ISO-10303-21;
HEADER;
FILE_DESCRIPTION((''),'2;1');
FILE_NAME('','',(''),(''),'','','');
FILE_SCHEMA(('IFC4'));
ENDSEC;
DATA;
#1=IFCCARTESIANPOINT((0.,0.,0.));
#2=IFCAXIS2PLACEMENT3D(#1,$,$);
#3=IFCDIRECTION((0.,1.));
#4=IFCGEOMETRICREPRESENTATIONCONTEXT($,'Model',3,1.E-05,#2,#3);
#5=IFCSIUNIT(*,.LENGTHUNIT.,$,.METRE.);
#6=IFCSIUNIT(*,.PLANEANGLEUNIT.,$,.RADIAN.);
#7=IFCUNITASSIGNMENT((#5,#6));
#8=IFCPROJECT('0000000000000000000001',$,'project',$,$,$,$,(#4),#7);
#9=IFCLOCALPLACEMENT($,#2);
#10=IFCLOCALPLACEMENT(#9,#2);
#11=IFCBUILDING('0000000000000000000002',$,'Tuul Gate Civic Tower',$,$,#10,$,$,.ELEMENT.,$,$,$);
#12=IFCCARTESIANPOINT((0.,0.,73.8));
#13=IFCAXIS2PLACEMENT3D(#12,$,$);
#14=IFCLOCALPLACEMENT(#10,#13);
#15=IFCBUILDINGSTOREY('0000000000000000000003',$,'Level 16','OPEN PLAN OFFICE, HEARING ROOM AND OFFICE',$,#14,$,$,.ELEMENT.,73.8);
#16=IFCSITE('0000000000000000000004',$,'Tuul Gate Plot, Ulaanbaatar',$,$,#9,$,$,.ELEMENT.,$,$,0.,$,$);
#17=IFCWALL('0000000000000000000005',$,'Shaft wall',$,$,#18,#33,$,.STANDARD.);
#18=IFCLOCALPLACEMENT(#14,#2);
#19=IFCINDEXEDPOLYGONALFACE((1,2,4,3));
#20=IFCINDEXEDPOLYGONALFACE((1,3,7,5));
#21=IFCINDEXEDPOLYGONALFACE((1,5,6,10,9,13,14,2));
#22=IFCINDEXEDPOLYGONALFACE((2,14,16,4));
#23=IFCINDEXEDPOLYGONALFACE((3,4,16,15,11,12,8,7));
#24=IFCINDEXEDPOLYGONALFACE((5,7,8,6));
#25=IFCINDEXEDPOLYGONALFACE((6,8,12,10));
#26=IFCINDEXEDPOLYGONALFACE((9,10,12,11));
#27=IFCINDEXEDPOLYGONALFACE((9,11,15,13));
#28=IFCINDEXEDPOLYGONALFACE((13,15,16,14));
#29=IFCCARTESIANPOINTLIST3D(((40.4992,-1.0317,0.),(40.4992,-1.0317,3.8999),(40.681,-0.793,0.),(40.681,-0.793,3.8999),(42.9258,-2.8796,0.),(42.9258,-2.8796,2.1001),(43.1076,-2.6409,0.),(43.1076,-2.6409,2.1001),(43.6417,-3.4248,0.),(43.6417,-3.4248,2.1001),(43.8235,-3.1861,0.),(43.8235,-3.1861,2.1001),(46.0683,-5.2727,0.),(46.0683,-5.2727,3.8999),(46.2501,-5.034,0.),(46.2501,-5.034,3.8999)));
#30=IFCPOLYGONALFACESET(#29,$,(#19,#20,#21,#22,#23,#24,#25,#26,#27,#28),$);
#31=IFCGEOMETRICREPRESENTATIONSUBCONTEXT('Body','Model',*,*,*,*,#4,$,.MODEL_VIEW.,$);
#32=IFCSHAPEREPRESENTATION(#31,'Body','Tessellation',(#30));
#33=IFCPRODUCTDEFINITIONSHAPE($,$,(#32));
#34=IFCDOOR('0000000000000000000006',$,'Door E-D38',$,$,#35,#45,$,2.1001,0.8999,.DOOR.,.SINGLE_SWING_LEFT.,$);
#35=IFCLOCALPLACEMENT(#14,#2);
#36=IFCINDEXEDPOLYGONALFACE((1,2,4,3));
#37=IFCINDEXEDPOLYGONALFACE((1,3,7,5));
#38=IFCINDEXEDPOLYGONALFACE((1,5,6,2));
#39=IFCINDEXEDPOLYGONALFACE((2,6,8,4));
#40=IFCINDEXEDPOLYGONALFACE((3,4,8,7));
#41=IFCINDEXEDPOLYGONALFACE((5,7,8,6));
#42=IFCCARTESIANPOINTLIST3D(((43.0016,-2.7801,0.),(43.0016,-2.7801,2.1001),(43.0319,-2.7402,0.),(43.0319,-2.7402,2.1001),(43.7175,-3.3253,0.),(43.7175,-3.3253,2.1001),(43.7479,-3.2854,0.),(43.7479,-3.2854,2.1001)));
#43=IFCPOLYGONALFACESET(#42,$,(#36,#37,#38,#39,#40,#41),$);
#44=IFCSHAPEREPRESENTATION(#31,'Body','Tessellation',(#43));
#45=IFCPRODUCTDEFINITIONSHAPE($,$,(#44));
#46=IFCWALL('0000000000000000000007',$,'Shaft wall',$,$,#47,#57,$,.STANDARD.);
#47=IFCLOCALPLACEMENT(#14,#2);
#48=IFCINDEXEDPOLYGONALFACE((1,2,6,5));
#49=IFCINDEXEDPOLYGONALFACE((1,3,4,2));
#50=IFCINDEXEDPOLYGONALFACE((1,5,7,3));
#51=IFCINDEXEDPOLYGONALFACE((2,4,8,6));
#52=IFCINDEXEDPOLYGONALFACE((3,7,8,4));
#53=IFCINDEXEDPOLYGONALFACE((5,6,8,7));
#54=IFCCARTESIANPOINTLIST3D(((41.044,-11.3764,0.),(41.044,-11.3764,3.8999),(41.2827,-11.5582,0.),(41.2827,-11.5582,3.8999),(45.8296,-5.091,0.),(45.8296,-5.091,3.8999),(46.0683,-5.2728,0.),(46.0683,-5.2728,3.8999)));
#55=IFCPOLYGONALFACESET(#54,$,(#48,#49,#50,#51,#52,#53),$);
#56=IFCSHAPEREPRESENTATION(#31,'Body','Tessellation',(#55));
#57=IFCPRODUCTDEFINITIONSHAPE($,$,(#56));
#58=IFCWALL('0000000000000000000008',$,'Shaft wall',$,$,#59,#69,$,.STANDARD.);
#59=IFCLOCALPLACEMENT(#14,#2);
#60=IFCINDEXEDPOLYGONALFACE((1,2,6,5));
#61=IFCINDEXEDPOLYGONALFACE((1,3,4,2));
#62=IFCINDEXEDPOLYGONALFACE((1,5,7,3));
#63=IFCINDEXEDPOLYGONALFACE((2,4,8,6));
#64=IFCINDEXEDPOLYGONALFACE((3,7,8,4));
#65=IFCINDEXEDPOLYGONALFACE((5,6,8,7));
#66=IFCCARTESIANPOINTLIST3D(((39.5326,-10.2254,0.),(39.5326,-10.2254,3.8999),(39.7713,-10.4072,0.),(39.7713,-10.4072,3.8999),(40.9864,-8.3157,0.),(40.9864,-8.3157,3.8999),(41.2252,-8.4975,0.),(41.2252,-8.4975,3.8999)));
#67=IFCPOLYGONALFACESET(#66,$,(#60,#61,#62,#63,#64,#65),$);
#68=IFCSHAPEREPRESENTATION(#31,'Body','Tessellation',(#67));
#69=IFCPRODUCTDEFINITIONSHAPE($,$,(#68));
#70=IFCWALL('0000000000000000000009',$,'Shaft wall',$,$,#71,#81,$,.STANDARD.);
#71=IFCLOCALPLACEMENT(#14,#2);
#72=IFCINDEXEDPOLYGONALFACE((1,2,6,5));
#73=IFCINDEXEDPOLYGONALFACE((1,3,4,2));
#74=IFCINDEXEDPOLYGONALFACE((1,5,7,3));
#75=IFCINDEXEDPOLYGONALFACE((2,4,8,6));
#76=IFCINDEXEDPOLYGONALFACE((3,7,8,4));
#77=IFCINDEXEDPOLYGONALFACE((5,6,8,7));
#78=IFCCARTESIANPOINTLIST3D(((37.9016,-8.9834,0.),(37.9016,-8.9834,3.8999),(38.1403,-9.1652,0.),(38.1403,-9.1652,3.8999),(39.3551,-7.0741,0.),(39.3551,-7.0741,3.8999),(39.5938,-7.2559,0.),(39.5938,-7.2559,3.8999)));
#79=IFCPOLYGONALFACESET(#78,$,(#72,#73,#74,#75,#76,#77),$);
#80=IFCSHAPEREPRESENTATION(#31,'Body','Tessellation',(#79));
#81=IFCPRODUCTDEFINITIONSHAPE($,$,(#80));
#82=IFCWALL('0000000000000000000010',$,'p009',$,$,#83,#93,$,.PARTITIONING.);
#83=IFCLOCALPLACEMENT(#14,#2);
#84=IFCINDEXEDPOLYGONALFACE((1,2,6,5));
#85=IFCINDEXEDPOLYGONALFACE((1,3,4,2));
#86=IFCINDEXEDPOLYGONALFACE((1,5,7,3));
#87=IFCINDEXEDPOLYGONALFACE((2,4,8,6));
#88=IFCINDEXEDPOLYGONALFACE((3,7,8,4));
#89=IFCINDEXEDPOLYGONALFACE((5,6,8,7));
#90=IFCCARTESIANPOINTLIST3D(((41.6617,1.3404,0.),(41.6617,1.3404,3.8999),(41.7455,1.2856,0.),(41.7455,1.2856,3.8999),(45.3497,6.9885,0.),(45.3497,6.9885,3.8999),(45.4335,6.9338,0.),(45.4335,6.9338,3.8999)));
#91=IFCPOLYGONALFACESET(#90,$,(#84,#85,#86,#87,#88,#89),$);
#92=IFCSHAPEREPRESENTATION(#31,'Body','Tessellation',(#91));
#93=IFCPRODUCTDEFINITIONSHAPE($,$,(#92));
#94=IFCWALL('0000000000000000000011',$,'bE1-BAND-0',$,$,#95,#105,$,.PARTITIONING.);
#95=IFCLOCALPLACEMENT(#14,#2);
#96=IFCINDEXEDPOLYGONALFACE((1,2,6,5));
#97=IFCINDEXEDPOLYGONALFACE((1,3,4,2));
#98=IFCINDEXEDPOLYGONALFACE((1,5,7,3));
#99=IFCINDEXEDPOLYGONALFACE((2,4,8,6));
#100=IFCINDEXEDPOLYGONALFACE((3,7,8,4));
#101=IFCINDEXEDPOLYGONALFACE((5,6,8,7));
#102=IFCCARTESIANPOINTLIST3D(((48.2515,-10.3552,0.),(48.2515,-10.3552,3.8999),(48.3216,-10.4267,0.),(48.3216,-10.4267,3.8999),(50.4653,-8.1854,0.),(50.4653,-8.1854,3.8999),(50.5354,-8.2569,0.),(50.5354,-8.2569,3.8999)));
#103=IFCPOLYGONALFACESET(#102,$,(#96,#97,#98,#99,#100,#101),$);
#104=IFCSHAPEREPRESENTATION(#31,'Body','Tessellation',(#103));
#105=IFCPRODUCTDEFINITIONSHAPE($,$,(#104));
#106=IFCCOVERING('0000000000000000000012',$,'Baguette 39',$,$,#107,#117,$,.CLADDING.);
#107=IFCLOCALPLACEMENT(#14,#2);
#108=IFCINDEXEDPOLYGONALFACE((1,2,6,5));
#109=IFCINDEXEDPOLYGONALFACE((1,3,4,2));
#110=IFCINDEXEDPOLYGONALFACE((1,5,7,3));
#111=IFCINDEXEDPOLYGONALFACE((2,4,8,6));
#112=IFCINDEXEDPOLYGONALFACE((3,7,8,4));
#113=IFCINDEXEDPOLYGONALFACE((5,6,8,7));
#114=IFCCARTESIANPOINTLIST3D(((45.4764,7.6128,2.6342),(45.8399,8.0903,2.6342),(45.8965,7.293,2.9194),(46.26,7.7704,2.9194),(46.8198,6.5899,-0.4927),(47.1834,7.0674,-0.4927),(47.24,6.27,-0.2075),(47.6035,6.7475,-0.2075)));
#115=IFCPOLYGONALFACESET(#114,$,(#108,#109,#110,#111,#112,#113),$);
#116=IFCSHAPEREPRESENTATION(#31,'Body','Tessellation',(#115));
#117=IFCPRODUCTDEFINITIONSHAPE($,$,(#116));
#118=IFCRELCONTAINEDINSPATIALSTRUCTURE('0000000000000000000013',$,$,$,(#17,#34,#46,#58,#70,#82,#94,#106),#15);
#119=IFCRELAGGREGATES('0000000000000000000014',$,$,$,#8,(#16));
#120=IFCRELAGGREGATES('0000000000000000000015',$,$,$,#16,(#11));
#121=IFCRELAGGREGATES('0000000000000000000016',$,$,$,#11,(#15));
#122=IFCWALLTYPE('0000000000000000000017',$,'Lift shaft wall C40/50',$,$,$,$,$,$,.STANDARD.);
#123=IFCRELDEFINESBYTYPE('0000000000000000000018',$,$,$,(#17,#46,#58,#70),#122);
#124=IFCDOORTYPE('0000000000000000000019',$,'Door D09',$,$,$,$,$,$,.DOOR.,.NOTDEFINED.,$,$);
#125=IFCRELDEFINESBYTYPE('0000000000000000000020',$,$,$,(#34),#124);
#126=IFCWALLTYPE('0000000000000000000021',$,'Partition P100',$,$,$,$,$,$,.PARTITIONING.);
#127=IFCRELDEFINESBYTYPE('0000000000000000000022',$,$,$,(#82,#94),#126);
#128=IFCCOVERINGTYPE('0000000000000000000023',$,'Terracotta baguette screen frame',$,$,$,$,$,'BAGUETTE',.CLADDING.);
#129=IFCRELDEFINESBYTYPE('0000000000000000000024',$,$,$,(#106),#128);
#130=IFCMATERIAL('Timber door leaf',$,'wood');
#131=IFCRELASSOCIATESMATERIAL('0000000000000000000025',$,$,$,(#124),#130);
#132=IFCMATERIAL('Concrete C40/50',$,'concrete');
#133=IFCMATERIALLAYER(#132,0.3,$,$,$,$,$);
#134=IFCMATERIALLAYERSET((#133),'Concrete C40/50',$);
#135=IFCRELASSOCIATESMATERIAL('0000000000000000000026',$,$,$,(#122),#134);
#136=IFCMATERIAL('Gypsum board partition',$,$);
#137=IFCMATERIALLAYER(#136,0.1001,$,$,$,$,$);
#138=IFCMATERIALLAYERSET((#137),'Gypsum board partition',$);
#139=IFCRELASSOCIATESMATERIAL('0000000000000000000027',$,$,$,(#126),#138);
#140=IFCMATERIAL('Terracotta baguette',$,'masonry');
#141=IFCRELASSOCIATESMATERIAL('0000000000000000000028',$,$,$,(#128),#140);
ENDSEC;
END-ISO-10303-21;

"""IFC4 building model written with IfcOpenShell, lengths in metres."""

from ifc_helpers import new_model, si_unit, direction, frame, frame_2d, origin, origin_2d, place, context, subcontext, project, spatial, rectangle, extrude, material, layer, layer_set, material_profile, profile_set, type_object, element, fill, save


model = new_model("IFC4")

# Units and contexts
model_context = context("Model", 3, precision=1e-05, world=origin(), true_north=direction((0.0, 1.0)))
body_context = subcontext(model_context, "Body", "Model", "MODEL_VIEW")
ifc_project = project(units=[si_unit("LENGTHUNIT", "METRE"), si_unit("PLANEANGLEUNIT", "RADIAN")], contexts=[model_context])

# Site, building, storey
site_placement = place(None, origin())
site = spatial("IfcSite", under=ifc_project, at=site_placement, Name="Tuul Gate Plot, Ulaanbaatar", CompositionType="ELEMENT", RefElevation=0.0)
building_placement = place(site_placement, origin())
building = spatial("IfcBuilding", under=site, at=building_placement, Name="Tuul Gate Civic Tower", CompositionType="ELEMENT")
storey_placement = place(building_placement, frame((0.0, 0.0, 73.8)))
storey = spatial("IfcBuildingStorey", under=building, at=storey_placement, Name="Level 16", Description="OPEN PLAN OFFICE, HEARING ROOM AND OFFICE", CompositionType="ELEMENT", Elevation=73.8)

# Shared definitions
ifc_material_1 = material(Name="Timber door leaf", Category="wood")
door_type_1 = type_object("IfcDoorType", Name="Door D09", OperationType="NOTDEFINED", PredefinedType="DOOR", material=ifc_material_1)

# Shared definitions
ifc_material_2 = material(Name="Concrete C40/50", Category="concrete")
ifc_layer_1 = layer(ifc_material_2, 0.3)
ifc_layer_set_1 = layer_set([ifc_layer_1], Name="Concrete C40/50")
wall_type_1 = type_object("IfcWallType", Name="Lift shaft wall C40/50", PredefinedType="STANDARD", material=ifc_layer_set_1)

# Wall, opening, door
wall_1_placement = place(storey_placement, frame((46.1592, -5.1533, 0.0), z_axis=(0.0, 0.0, 1.0), x_axis=(-0.79558, 0.605849, 0.0)))
wall_1 = element("IfcWall", 1, at=wall_1_placement, inside=storey, type_object=wall_type_1, Name="Shaft wall", PredefinedType="STANDARD", context=body_context, shape_type="SweptSolid", body=[
    extrude(rectangle(XDim=7.0, YDim=0.3, at=frame_2d((3.5, 0.0))), origin(), (0.0, 0.0, 1.0), 3.8999),
])
opening_1_placement = place(wall_1_placement, frame((3.05, 0.0, 0.0)))
opening_1 = element("IfcOpeningElement", 2, at=opening_1_placement, cuts=wall_1, PredefinedType="OPENING", context=body_context, shape_type="SweptSolid", body=[
    extrude(rectangle(XDim=0.8999, YDim=2.1001, at=frame_2d((0.45, 1.05))), frame((0.0, 0.1602, 0.0), z_axis=(0.0, -1.0, 0.0), x_axis=(1.0, 0.0, 0.0)), (0.0, 0.0, 1.0), 0.3201),
])
door_1_placement = place(opening_1_placement, origin())
door_1 = element("IfcDoor", 3, at=door_1_placement, inside=storey, type_object=door_type_1, Name="Door E-D38", OperationType="SINGLE_SWING_LEFT", OverallHeight=2.1001, OverallWidth=0.8999, PredefinedType="DOOR", context=body_context, shape_type="SweptSolid", body=[
    extrude(rectangle(XDim=0.8999, YDim=2.1001, at=frame_2d((0.45, 1.05))), frame((0.0, 0.0249, 0.0), z_axis=(0.0, -1.0, 0.0), x_axis=(1.0, 0.0, 0.0)), (0.0, 0.0, 1.0), 0.05),
])
fill(opening_1, door_1)

# Walls
wall_2_placement = place(storey_placement, frame((41.1633, -11.4673, 0.0), z_axis=(0.0, 0.0, 1.0), x_axis=(0.605784, 0.795629, 0.0)))
element("IfcWall", 4, at=wall_2_placement, inside=storey, type_object=wall_type_1, Name="Shaft wall", PredefinedType="STANDARD", context=body_context, shape_type="SweptSolid", body=[
    extrude(rectangle(XDim=7.8999, YDim=0.3, at=frame_2d((3.95, 0.0))), origin(), (0.0, 0.0, 1.0), 3.8999),
])
wall_3_placement = place(storey_placement, frame((39.6519, -10.3164, 0.0), z_axis=(0.0, 0.0, 1.0), x_axis=(0.605746, 0.795658, 0.0)))
element("IfcWall", 5, at=wall_3_placement, inside=storey, type_object=wall_type_1, Name="Shaft wall", PredefinedType="STANDARD", context=body_context, shape_type="SweptSolid", body=[
    extrude(rectangle(XDim=2.4001, YDim=0.3, at=frame_2d((1.2002, 0.0))), origin(), (0.0, 0.0, 1.0), 3.8999),
])
wall_4_placement = place(storey_placement, frame((38.021, -9.0742, 0.0), z_axis=(0.0, 0.0, 1.0), x_axis=(0.605731, 0.79567, 0.0)))
element("IfcWall", 6, at=wall_4_placement, inside=storey, type_object=wall_type_1, Name="Shaft wall", PredefinedType="STANDARD", context=body_context, shape_type="SweptSolid", body=[
    extrude(rectangle(XDim=2.3997, YDim=0.3, at=frame_2d((1.1997, 0.0))), origin(), (0.0, 0.0, 1.0), 3.8999),
])
ifc_material_3 = material(Name="Gypsum board partition")
ifc_layer_2 = layer(ifc_material_3, 0.1001)
ifc_layer_set_2 = layer_set([ifc_layer_2], Name="Gypsum board partition")
wall_type_2 = type_object("IfcWallType", Name="Partition P100", PredefinedType="PARTITIONING", material=ifc_layer_set_2)
wall_5_placement = place(storey_placement, frame((41.7036, 1.313, 0.0), z_axis=(0.0, 0.0, 1.0), x_axis=(0.546724, 0.837313, 0.0)))
element("IfcWall", 7, at=wall_5_placement, inside=storey, type_object=wall_type_2, Name="p009", PredefinedType="PARTITIONING", context=body_context, shape_type="SweptSolid", body=[
    extrude(rectangle(XDim=6.7456, YDim=0.1001, at=frame_2d((3.3728, 0.0))), origin(), (0.0, 0.0, 1.0), 3.8999),
])
wall_6_placement = place(storey_placement, frame((48.2866, -10.3909, 0.0), z_axis=(0.0, 0.0, 1.0), x_axis=(0.714159, 0.699983, 0.0)))
element("IfcWall", 8, at=wall_6_placement, inside=storey, type_object=wall_type_2, Name="bE1-BAND-0", PredefinedType="PARTITIONING", context=body_context, shape_type="SweptSolid", body=[
    extrude(rectangle(XDim=3.0999, YDim=0.1001, at=frame_2d((1.5498, 0.0))), origin(), (0.0, 0.0, 1.0), 3.8999),
])

# Covering
ifc_material_4 = material(Name="Terracotta baguette", Category="masonry")
ifc_material_profile_1 = material_profile(ifc_material_4, rectangle(XDim=0.6001, YDim=0.6001, at=origin_2d()), Name="Terracotta baguette screen frame")
ifc_profile_set_1 = profile_set([ifc_material_profile_1], Name="Terracotta baguette")
covering_type = type_object("IfcCoveringType", Name="Terracotta baguette screen frame", ElementType="BAGUETTE", PredefinedType="CLADDING", material=ifc_profile_set_1)
covering_placement = place(storey_placement, frame((47.2117, 6.6687, -0.3501), z_axis=(-0.378051, 0.287849, 0.879898), x_axis=(-0.605791, -0.795624, 0.0)))
element("IfcCovering", 9, at=covering_placement, inside=storey, type_object=covering_type, Name="Baguette 39", PredefinedType="CLADDING", context=body_context, shape_type="SweptSolid", body=[
    extrude(rectangle(XDim=0.6001, YDim=0.6001, at=origin_2d()), origin(), (0.0, 0.0, 1.0), 3.5537),
])

save(model, "model.ifc")
